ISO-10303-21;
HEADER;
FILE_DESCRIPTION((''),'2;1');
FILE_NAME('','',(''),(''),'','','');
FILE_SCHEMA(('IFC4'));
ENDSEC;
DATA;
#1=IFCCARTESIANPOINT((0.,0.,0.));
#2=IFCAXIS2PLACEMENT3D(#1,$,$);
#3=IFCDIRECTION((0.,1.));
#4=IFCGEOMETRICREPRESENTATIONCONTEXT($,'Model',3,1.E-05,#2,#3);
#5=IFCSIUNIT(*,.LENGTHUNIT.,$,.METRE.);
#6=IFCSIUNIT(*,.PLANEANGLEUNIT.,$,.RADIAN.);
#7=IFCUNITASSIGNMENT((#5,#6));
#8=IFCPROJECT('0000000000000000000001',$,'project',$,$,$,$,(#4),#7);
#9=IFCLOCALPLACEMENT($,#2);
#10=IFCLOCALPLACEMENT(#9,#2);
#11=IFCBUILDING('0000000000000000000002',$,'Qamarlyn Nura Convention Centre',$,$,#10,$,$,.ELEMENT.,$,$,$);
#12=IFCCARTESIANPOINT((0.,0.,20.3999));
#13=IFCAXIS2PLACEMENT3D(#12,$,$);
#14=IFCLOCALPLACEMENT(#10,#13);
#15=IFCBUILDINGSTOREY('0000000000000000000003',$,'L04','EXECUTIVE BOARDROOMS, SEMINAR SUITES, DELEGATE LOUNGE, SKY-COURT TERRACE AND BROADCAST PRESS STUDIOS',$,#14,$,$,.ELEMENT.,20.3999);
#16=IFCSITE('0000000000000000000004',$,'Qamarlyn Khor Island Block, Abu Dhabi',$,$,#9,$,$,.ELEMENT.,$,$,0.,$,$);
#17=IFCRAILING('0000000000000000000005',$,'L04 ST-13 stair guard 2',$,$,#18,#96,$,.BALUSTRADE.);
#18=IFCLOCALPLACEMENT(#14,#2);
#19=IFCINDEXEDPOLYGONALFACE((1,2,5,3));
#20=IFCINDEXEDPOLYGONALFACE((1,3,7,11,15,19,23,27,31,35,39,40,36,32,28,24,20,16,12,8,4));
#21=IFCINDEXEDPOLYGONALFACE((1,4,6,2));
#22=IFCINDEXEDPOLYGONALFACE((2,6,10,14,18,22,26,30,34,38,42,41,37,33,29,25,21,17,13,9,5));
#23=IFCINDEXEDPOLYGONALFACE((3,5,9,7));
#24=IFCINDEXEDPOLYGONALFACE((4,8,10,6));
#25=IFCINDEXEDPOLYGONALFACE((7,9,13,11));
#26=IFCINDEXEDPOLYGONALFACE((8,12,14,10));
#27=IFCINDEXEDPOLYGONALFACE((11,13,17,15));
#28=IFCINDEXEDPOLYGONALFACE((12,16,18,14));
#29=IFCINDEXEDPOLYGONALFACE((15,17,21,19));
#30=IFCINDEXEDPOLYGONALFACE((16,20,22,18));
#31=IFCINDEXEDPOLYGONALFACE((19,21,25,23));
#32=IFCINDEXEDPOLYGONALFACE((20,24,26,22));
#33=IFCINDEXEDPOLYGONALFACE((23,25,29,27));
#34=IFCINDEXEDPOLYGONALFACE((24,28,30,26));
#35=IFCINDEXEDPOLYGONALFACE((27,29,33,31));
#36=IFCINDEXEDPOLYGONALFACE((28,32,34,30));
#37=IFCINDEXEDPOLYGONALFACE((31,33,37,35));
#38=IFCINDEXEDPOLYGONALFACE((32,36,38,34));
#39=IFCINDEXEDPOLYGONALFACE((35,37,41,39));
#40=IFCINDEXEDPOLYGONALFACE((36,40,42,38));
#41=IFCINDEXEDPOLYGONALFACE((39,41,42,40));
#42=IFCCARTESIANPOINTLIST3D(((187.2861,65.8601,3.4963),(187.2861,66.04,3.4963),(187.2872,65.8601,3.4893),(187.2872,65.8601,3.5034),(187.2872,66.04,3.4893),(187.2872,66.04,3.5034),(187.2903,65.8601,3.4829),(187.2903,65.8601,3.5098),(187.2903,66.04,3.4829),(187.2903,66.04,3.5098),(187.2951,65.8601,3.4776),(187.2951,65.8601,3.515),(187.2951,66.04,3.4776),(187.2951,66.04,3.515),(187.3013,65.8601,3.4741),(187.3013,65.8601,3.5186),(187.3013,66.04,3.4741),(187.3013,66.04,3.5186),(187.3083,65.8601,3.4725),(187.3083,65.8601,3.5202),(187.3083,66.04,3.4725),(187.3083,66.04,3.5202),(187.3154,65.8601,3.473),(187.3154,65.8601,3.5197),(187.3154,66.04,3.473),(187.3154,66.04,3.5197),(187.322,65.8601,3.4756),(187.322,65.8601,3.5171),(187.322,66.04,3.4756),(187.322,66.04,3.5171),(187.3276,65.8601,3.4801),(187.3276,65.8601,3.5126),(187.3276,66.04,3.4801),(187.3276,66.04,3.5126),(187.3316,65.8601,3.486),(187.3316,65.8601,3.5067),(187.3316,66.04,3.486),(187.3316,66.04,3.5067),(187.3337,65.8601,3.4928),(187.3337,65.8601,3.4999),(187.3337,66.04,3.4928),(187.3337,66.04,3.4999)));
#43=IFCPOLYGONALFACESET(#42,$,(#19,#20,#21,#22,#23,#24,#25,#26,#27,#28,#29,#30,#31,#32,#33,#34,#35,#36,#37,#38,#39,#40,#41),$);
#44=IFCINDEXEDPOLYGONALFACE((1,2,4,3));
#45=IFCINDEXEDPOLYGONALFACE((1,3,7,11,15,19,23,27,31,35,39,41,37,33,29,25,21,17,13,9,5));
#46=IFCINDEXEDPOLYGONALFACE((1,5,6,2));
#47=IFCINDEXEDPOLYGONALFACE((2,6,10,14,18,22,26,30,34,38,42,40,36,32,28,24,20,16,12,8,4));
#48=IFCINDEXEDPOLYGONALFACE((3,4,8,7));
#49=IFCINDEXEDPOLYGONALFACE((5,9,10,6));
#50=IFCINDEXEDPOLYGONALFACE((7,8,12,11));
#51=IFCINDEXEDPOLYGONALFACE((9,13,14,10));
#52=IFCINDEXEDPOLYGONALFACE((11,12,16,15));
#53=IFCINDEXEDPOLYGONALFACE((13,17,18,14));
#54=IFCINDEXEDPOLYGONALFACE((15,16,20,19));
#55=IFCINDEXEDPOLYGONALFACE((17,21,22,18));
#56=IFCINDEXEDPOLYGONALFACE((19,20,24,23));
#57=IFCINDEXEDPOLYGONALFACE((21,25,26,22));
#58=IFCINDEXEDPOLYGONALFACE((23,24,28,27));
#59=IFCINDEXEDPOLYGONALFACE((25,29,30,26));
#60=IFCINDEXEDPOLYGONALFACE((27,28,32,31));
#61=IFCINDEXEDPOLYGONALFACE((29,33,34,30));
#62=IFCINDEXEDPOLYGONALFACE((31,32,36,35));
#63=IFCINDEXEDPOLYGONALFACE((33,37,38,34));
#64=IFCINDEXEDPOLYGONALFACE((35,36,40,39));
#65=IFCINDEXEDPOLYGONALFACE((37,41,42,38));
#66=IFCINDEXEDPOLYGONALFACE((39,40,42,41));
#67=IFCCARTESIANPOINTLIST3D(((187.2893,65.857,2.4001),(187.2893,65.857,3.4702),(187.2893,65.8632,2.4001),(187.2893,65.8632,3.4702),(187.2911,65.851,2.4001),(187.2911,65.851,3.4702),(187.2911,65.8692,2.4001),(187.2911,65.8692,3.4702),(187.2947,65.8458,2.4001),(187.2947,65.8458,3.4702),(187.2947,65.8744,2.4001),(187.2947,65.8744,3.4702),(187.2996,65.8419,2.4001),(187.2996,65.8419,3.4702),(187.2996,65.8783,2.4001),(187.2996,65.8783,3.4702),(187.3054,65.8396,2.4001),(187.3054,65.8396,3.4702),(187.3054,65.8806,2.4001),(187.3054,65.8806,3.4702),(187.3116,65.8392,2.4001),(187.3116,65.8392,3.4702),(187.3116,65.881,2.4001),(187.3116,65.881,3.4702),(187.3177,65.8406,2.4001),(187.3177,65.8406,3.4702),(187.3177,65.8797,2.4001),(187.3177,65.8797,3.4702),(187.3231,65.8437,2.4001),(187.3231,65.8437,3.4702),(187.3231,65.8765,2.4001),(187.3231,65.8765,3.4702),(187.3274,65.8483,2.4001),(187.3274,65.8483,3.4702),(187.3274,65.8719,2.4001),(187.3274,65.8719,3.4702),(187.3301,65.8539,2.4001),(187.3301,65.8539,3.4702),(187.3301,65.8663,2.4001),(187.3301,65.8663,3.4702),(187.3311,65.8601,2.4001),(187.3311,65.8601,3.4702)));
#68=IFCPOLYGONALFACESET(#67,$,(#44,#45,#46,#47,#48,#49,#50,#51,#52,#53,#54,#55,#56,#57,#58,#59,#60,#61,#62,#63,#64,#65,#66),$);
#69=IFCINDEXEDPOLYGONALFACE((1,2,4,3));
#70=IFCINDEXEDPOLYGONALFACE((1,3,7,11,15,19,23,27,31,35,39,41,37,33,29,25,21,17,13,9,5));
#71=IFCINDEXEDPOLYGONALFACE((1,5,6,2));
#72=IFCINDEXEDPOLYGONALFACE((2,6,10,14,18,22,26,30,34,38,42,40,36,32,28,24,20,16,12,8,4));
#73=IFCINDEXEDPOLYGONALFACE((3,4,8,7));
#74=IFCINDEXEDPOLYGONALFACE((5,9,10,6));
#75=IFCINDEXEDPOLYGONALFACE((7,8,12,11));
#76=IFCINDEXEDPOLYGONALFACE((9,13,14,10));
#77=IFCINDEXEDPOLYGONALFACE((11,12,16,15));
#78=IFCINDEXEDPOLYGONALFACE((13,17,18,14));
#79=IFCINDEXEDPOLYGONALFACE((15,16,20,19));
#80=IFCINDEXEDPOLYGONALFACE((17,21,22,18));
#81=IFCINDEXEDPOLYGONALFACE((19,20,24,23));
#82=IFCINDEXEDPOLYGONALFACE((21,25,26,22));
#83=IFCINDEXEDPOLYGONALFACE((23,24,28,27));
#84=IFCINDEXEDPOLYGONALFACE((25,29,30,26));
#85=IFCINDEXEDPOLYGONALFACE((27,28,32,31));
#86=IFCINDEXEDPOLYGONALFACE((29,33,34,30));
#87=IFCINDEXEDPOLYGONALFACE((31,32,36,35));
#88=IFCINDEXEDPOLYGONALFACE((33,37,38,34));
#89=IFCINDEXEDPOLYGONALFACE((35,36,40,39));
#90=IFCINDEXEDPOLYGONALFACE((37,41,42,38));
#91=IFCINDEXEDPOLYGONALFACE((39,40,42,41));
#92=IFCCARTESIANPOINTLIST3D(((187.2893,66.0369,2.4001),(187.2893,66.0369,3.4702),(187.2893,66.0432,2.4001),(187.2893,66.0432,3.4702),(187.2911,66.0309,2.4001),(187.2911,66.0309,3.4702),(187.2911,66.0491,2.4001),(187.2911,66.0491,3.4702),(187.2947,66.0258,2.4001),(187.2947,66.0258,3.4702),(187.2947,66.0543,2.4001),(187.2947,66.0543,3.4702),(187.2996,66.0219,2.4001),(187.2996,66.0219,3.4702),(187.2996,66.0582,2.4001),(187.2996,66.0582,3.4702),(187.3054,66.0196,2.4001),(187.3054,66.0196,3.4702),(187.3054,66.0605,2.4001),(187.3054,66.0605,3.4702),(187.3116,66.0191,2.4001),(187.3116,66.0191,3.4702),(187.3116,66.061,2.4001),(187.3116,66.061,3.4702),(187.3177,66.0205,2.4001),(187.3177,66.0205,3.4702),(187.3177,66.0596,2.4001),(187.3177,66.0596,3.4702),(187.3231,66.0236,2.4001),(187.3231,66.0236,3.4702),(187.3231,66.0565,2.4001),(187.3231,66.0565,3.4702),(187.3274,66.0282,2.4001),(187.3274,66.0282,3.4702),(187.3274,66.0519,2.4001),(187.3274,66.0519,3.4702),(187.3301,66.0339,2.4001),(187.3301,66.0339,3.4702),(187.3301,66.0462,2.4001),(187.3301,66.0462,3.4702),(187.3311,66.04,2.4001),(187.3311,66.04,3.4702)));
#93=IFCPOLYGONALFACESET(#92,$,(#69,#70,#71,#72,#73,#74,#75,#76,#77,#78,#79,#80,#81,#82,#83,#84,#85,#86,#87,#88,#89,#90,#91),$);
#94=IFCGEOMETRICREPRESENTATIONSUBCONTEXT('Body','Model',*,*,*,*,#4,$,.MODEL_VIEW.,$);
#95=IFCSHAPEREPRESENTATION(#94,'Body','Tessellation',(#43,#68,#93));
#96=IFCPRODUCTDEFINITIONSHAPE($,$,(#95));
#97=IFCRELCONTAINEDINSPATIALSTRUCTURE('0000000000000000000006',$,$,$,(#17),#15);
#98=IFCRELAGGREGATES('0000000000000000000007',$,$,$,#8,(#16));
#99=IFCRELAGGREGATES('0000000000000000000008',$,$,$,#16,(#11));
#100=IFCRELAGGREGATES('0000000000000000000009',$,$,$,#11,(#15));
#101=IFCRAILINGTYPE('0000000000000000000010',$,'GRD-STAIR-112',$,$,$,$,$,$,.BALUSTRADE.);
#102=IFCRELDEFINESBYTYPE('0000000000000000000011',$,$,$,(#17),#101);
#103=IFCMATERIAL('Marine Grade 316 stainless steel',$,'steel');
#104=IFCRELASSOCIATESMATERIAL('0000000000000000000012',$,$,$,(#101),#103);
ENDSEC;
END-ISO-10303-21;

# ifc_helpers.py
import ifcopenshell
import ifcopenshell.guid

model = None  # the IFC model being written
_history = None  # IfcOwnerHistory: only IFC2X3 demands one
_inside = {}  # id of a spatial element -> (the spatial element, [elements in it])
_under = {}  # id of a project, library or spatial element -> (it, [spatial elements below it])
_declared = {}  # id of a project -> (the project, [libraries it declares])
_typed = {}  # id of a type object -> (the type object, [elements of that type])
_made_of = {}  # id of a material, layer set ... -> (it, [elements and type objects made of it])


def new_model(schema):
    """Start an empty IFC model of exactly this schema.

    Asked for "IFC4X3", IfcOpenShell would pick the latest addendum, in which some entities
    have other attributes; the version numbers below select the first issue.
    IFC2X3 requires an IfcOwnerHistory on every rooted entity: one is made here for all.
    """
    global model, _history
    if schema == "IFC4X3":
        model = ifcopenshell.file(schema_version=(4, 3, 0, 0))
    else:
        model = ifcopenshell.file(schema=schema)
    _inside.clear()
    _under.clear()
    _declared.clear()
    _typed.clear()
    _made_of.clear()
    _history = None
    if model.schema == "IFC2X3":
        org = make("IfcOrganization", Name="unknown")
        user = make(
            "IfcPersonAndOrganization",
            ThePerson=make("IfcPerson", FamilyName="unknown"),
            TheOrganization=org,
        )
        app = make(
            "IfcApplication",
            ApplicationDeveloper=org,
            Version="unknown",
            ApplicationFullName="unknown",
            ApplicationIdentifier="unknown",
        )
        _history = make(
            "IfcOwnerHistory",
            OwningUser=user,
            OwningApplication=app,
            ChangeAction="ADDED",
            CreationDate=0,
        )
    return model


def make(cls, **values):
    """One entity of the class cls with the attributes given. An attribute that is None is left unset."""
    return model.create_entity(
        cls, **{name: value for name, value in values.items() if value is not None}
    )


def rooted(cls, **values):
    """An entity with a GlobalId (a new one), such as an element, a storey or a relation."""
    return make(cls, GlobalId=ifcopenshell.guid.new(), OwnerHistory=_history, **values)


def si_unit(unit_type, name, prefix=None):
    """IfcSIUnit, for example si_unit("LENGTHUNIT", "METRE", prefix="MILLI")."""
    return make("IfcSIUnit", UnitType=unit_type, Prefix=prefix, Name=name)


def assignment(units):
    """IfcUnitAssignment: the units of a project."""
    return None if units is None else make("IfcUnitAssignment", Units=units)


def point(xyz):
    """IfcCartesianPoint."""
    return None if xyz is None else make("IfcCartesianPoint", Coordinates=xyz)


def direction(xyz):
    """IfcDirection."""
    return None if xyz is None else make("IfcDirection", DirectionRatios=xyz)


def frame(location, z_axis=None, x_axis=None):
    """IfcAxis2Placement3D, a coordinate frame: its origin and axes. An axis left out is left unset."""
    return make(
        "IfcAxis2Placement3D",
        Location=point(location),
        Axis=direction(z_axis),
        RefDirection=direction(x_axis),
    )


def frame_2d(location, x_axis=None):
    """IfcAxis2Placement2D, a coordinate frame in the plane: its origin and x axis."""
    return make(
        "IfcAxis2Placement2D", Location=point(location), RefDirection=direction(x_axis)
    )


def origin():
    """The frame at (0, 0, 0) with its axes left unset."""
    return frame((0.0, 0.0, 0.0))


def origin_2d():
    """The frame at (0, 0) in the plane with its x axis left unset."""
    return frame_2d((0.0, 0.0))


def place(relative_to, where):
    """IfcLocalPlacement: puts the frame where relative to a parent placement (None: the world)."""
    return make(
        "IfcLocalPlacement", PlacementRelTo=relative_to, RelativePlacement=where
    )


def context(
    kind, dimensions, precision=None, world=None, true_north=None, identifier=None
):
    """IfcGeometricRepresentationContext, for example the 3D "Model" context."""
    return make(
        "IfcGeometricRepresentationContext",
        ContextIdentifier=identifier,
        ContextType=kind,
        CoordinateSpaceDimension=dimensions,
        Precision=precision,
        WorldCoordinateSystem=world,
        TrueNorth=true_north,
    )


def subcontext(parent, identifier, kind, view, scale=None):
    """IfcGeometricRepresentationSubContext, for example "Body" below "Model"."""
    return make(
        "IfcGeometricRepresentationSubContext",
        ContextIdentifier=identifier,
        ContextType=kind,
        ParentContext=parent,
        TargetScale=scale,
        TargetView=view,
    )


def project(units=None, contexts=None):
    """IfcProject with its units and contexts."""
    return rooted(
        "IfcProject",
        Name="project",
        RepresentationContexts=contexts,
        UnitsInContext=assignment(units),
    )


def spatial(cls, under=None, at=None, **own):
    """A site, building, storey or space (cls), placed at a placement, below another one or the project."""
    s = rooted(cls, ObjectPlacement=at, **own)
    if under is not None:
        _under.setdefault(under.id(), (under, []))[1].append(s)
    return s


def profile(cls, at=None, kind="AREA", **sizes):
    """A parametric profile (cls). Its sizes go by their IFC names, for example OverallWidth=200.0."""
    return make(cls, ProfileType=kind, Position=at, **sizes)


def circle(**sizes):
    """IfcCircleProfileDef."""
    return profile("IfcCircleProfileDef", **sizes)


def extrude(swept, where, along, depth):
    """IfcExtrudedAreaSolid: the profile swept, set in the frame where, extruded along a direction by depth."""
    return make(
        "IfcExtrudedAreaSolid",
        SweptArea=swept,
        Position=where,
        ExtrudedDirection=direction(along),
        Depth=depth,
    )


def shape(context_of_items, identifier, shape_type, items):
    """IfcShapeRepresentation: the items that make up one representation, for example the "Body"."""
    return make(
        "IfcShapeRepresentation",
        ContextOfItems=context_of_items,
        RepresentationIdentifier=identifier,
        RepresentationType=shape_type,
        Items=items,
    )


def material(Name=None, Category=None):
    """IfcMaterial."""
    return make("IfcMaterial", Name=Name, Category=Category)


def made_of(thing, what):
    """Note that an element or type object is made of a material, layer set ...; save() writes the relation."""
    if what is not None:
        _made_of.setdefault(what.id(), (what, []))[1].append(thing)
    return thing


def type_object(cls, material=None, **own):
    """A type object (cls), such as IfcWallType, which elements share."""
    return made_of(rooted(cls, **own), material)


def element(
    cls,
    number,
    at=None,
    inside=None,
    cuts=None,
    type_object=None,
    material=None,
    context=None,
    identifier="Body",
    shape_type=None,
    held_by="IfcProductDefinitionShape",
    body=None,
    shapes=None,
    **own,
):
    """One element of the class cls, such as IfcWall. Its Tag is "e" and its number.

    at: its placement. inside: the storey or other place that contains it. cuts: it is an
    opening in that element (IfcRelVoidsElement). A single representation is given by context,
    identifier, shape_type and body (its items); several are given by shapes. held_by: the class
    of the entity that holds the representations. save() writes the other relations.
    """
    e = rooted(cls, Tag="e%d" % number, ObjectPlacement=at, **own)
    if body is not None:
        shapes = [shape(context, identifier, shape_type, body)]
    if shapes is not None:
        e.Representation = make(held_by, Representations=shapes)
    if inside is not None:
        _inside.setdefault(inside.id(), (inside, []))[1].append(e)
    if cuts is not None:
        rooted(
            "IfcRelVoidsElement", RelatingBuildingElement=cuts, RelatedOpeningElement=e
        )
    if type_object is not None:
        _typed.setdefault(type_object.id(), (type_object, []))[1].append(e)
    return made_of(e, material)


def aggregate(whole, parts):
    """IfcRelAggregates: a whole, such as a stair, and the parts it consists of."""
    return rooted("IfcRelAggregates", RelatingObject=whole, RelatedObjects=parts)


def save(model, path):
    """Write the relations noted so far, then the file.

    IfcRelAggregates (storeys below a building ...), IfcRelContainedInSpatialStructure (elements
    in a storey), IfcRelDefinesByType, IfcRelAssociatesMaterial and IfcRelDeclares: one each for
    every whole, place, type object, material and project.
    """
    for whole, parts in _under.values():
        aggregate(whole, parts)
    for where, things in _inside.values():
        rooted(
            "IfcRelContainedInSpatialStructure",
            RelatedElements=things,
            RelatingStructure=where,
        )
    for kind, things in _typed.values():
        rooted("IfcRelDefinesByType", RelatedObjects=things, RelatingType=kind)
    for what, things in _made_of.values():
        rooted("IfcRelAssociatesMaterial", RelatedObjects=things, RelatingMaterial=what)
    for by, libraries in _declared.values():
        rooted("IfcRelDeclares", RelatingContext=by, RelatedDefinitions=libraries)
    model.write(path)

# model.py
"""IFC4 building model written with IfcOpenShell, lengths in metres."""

from ifc_helpers import new_model, si_unit, direction, frame, origin, origin_2d, place, context, subcontext, project, spatial, circle, extrude, material, type_object, element, save


model = new_model("IFC4")

# Units and contexts
model_context = context("Model", 3, precision=1e-05, world=origin(), true_north=direction((0.0, 1.0)))
body_context = subcontext(model_context, "Body", "Model", "MODEL_VIEW")
ifc_project = project(units=[si_unit("LENGTHUNIT", "METRE"), si_unit("PLANEANGLEUNIT", "RADIAN")], contexts=[model_context])

# Site, building, storey
site_placement = place(None, origin())
site = spatial("IfcSite", under=ifc_project, at=site_placement, Name="Qamarlyn Khor Island Block, Abu Dhabi", CompositionType="ELEMENT", RefElevation=0.0)
building_placement = place(site_placement, origin())
building = spatial("IfcBuilding", under=site, at=building_placement, Name="Qamarlyn Nura Convention Centre", CompositionType="ELEMENT")
storey_placement = place(building_placement, frame((0.0, 0.0, 20.3999)))
storey = spatial("IfcBuildingStorey", under=building, at=storey_placement, Name="L04", Description="EXECUTIVE BOARDROOMS, SEMINAR SUITES, DELEGATE LOUNGE, SKY-COURT TERRACE AND BROADCAST PRESS STUDIOS", CompositionType="ELEMENT", Elevation=20.3999)

# Railing
ifc_material_1 = material(Name="Marine Grade 316 stainless steel", Category="steel")
railing_type_1 = type_object("IfcRailingType", Name="GRD-STAIR-112", PredefinedType="BALUSTRADE", material=ifc_material_1)
railing_1_placement = place(storey_placement, frame((187.3101, 65.8601, 2.4001)))
element("IfcRailing", 1, at=railing_1_placement, inside=storey, type_object=railing_type_1, Name="L04 ST-13 stair guard 2", PredefinedType="BALUSTRADE", context=body_context, shape_type="SweptSolid", body=[
    extrude(circle(Radius=0.0239, at=origin_2d()), frame((0.0, 0.0, 1.0962), z_axis=(0.0, 1.0, 0.0), x_axis=(-1.0, 0.0, 0.0)), (0.0, 0.0, 1.0), 0.1799),
    extrude(circle(Radius=0.021, at=origin_2d()), origin(), (0.0, 0.0, 1.0), 1.0701),
    extrude(circle(Radius=0.021, at=origin_2d()), frame((0.0, 0.1799, 0.0)), (0.0, 0.0, 1.0), 1.0701),
])

save(model, "model.ifc")
